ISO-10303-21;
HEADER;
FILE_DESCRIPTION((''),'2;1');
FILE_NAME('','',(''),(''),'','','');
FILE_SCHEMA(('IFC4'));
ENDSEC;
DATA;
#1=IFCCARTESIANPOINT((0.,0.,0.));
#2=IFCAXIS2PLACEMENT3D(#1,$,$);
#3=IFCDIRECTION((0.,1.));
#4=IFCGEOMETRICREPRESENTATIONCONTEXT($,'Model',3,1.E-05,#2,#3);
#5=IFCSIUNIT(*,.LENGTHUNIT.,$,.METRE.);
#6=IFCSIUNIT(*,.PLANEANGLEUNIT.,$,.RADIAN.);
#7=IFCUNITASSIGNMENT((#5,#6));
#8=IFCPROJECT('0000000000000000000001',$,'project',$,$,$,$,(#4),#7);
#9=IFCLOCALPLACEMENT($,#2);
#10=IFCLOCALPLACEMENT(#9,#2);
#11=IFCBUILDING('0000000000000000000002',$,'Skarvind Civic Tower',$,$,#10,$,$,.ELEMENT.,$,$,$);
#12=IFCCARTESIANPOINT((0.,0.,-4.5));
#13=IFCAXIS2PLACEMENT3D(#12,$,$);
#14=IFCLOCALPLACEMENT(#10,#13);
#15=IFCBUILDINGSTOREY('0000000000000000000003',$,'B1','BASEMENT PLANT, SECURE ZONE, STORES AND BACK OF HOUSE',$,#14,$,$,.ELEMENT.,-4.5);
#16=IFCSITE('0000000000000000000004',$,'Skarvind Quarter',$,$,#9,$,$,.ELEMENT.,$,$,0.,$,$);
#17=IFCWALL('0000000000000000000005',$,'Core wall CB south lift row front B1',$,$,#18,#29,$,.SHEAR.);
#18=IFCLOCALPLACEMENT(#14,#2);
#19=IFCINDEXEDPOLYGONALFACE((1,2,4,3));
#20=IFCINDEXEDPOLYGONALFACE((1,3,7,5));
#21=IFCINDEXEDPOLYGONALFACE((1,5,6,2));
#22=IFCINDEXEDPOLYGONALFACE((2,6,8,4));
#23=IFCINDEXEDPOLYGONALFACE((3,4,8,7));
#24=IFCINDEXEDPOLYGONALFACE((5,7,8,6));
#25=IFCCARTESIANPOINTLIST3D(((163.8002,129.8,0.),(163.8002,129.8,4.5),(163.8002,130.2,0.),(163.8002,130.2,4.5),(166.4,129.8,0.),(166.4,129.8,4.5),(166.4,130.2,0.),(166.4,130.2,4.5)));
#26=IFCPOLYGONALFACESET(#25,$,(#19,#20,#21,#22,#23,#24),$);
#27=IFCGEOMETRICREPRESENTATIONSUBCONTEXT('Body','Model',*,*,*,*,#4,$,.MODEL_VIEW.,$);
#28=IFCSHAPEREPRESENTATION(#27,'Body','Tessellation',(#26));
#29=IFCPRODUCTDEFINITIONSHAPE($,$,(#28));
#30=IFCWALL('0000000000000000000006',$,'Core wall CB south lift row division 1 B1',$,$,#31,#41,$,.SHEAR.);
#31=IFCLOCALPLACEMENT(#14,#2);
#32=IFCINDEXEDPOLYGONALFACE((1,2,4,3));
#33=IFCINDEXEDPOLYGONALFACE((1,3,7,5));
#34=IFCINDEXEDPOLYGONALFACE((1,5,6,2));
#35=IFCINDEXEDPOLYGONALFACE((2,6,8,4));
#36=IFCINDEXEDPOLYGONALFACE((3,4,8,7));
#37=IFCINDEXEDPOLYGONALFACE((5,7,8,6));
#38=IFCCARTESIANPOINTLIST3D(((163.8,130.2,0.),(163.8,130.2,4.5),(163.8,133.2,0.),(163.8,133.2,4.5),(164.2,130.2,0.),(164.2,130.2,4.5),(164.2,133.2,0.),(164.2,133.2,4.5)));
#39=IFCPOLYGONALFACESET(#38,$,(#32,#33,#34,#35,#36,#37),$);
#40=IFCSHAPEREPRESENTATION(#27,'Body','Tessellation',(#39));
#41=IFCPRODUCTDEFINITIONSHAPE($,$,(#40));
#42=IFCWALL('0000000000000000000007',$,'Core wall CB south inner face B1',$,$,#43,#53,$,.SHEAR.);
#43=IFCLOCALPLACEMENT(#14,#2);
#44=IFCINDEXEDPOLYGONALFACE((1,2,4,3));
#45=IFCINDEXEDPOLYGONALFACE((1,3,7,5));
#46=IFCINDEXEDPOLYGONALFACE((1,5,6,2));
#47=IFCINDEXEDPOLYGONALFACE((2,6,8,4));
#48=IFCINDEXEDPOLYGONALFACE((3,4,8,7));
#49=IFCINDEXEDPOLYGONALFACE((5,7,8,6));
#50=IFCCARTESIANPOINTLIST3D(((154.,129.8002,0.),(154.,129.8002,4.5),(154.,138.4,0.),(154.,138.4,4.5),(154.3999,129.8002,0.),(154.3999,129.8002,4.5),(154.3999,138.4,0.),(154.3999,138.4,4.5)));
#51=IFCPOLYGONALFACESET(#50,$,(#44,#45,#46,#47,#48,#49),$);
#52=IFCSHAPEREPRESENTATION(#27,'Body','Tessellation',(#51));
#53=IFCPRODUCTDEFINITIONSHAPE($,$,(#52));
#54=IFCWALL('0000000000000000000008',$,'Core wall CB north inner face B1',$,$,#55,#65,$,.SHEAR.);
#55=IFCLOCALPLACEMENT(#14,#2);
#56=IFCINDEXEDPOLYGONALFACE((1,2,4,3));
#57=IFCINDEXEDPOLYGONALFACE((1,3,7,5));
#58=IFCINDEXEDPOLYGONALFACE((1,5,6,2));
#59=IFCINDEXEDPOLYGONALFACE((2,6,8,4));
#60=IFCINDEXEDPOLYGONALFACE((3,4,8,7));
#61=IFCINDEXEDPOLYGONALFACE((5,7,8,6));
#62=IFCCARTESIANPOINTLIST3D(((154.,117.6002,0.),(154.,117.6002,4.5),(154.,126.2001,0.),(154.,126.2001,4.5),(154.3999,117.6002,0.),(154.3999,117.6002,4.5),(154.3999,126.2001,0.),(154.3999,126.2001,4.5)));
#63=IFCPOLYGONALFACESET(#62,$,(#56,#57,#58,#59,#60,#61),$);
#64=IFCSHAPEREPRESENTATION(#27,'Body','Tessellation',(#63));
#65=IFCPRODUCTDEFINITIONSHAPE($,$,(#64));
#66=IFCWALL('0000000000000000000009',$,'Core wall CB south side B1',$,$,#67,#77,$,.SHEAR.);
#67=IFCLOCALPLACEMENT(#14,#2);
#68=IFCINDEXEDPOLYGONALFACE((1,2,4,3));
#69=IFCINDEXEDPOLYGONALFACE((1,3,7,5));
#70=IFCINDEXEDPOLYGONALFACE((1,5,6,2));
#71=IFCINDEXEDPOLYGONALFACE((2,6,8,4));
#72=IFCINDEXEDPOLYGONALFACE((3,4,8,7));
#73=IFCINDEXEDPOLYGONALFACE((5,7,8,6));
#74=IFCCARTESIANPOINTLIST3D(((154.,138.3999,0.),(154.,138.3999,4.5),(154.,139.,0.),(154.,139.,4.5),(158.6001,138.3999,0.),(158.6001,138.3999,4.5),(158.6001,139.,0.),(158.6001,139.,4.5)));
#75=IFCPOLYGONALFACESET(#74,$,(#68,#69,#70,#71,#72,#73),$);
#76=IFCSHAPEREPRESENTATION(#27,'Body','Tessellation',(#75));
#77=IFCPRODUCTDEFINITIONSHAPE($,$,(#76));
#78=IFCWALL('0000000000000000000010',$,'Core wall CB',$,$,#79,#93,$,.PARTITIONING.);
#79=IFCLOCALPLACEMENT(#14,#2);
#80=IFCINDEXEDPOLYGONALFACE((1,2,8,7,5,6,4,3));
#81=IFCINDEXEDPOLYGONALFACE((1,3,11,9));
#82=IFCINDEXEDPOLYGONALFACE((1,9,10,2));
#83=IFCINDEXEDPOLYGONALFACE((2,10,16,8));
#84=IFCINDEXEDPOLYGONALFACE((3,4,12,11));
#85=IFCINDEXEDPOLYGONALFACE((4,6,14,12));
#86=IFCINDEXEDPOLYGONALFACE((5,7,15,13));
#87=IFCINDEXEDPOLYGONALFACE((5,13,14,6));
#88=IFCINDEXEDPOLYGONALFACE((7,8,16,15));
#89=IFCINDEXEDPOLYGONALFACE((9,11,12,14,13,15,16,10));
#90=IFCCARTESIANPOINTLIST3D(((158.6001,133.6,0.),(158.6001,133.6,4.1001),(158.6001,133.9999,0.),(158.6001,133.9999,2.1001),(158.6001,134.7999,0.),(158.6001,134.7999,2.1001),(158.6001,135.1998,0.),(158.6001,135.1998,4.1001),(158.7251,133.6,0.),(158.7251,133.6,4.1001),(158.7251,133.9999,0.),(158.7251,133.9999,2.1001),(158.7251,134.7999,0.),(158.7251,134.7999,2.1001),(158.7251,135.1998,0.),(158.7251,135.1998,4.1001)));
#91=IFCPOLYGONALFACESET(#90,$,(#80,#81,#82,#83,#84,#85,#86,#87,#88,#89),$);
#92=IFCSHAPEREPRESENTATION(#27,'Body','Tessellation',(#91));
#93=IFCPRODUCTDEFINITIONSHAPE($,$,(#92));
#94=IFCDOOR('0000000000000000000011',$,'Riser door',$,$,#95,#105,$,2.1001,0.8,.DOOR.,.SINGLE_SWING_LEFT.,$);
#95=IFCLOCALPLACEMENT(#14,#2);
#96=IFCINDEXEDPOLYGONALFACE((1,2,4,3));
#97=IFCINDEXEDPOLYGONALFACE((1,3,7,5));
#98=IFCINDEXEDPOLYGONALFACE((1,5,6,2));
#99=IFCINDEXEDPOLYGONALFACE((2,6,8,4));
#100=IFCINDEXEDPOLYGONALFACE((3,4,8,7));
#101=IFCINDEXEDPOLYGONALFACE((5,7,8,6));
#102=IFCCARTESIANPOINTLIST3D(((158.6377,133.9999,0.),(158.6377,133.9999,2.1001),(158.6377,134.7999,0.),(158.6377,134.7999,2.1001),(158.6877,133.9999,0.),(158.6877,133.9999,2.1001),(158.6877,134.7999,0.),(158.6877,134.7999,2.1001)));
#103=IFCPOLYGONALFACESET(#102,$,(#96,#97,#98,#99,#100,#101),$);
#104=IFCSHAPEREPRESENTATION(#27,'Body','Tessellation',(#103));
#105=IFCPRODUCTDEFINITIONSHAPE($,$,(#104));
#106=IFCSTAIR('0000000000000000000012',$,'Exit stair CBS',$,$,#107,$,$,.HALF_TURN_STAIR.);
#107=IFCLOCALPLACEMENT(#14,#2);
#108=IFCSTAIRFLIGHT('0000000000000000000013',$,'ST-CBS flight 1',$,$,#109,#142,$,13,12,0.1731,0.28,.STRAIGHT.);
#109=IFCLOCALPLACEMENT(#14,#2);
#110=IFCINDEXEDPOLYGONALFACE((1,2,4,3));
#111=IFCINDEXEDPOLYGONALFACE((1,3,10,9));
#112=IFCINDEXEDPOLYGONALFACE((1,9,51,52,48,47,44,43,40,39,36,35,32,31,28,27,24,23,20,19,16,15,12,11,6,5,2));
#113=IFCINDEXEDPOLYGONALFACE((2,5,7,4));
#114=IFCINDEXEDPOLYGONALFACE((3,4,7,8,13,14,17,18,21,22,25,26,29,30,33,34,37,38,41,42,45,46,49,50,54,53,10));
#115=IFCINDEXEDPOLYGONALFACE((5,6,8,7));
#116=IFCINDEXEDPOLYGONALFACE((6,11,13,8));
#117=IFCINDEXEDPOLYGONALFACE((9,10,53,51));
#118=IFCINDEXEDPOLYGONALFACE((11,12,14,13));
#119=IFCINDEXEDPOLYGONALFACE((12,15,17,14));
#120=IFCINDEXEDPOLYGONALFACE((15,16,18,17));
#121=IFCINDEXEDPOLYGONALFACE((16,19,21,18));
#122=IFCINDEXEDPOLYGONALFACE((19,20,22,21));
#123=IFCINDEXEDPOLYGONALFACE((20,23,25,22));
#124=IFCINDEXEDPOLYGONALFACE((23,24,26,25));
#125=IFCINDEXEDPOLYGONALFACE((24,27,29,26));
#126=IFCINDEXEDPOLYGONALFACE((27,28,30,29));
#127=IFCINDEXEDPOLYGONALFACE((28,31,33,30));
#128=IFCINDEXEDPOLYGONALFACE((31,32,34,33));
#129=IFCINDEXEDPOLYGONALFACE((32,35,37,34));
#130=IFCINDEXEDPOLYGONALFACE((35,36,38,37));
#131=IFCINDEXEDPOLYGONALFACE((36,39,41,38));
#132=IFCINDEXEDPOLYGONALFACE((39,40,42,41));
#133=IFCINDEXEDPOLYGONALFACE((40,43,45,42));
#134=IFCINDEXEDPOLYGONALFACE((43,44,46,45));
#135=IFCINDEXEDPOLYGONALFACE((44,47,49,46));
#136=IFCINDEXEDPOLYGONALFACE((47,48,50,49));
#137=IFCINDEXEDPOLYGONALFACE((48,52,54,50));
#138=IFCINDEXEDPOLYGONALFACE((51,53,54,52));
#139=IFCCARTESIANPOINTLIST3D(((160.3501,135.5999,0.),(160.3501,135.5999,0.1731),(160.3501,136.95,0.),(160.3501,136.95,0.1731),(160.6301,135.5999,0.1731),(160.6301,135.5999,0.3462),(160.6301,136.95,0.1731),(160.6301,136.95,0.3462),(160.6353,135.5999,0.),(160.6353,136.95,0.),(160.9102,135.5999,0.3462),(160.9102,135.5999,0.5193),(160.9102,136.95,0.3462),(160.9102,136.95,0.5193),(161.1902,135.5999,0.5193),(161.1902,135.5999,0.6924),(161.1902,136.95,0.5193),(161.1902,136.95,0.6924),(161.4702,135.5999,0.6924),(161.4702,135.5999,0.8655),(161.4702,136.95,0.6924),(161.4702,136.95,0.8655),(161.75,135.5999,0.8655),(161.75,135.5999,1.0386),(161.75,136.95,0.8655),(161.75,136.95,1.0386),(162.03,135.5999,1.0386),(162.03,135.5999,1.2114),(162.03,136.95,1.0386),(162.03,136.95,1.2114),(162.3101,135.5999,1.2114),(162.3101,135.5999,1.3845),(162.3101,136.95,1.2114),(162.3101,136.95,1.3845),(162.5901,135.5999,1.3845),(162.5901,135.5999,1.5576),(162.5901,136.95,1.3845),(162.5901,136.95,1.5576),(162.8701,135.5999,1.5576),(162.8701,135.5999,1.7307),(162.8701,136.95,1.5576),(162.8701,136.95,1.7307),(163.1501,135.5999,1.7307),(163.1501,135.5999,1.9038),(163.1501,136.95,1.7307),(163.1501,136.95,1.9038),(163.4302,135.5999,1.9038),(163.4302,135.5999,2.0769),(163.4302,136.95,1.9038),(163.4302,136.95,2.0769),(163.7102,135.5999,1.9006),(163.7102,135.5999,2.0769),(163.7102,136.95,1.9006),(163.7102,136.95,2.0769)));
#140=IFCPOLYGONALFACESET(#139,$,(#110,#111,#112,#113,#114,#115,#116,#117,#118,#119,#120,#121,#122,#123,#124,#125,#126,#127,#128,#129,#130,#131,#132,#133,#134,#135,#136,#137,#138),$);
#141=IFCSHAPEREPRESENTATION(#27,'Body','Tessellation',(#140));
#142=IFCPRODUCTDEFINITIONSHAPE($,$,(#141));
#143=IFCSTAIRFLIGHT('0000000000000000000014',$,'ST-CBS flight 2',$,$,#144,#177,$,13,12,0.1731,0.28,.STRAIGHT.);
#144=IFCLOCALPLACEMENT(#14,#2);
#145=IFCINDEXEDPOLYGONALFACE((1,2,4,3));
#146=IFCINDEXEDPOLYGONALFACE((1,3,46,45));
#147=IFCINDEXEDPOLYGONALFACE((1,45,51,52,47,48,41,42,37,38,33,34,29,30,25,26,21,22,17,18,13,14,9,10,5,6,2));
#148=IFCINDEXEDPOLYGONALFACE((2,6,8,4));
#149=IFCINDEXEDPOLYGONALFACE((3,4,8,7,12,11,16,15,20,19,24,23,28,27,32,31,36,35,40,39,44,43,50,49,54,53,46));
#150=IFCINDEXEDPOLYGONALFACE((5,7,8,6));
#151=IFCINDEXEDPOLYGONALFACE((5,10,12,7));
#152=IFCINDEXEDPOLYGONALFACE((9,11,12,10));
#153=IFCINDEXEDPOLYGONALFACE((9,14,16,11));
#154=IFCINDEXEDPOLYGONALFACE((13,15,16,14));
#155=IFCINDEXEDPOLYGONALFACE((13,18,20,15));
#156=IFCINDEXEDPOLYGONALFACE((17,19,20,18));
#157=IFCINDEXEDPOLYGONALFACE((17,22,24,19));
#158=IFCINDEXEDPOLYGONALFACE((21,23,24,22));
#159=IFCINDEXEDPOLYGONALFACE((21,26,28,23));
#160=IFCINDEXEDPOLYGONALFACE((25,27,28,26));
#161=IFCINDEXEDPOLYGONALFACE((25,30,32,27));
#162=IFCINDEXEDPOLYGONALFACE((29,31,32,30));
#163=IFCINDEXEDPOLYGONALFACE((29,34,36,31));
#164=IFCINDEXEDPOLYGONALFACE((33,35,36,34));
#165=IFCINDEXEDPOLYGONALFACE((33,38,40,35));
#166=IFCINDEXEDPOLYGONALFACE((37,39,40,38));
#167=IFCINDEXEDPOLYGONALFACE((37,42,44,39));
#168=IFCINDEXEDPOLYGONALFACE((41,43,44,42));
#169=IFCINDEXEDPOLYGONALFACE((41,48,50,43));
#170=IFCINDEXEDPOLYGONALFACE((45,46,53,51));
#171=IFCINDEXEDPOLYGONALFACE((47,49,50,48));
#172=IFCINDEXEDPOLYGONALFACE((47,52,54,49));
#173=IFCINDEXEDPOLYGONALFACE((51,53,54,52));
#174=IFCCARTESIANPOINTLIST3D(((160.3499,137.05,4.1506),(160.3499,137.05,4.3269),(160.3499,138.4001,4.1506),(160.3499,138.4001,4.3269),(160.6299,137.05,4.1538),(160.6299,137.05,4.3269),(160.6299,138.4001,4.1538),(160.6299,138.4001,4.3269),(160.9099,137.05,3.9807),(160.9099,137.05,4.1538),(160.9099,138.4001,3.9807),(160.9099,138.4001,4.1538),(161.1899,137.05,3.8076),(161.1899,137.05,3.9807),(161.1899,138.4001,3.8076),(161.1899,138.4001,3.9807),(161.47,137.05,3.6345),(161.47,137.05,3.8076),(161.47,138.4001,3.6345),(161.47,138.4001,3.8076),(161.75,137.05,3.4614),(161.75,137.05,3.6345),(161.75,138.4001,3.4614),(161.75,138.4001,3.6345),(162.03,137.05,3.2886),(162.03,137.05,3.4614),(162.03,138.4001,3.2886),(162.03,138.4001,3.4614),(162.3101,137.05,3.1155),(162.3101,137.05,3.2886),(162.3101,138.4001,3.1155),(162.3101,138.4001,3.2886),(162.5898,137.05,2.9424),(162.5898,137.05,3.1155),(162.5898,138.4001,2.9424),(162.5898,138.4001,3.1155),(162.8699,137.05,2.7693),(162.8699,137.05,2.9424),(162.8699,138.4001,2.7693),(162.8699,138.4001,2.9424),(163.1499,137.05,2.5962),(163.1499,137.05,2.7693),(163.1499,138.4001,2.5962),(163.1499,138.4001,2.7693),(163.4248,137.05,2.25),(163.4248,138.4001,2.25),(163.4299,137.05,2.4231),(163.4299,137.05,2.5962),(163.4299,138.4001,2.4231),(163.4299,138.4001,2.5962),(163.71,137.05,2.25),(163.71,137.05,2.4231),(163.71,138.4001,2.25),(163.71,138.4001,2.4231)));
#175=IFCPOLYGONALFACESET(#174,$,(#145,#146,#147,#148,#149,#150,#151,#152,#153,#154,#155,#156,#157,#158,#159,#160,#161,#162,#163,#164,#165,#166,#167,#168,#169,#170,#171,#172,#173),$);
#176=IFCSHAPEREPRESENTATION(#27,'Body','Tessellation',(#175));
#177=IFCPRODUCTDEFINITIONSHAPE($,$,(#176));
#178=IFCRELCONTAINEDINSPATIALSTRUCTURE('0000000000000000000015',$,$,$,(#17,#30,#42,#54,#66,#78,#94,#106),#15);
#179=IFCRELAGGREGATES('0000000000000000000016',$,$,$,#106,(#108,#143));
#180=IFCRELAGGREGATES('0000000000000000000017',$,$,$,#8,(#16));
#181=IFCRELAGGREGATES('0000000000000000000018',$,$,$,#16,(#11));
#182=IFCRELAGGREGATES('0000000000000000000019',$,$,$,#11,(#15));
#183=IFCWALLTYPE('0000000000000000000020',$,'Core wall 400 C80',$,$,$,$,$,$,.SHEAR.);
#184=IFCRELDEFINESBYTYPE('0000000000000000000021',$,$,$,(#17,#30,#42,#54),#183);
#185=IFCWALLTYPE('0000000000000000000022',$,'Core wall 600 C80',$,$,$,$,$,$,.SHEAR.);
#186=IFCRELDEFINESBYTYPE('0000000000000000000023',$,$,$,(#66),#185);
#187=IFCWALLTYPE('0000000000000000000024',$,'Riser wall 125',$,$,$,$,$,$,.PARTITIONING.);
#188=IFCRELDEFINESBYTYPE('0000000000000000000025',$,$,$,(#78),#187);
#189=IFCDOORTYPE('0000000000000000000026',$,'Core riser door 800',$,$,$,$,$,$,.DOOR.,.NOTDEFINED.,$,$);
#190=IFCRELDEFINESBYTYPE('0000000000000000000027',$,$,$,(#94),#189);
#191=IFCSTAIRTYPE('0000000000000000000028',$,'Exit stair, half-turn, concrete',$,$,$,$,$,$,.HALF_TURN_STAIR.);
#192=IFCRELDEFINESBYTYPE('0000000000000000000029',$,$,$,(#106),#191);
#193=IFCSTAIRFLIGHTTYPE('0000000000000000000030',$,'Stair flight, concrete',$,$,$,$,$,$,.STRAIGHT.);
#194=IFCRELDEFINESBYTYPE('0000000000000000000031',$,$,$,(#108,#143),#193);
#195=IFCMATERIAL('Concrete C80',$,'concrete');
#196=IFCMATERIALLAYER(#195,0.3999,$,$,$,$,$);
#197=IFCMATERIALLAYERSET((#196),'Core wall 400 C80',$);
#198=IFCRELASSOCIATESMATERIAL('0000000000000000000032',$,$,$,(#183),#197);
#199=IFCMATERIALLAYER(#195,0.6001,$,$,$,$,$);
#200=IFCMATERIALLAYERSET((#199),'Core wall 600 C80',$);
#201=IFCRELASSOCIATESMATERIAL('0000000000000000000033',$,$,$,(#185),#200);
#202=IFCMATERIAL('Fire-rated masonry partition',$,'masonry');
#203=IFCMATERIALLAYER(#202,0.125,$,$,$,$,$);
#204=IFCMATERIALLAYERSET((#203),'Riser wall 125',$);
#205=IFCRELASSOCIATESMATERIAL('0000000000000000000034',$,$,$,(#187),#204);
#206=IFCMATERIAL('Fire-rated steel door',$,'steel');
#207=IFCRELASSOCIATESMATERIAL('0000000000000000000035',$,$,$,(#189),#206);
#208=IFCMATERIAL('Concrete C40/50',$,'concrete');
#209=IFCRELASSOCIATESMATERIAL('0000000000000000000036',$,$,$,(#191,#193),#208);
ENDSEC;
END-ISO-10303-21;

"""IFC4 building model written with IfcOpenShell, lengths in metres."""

from ifc_helpers import new_model, si_unit, direction, frame, frame_2d, origin, place, context, subcontext, project, spatial, polyline, rectangle, outline, extrude, material, layer, layer_set, type_object, element, fill, aggregate, save


model = new_model("IFC4")

# Units and contexts
model_context = context("Model", 3, precision=1e-05, world=origin(), true_north=direction((0.0, 1.0)))
body_context = subcontext(model_context, "Body", "Model", "MODEL_VIEW")
ifc_project = project(units=[si_unit("LENGTHUNIT", "METRE"), si_unit("PLANEANGLEUNIT", "RADIAN")], contexts=[model_context])

# Site, building, storey
site_placement = place(None, origin())
site = spatial("IfcSite", under=ifc_project, at=site_placement, Name="Skarvind Quarter", CompositionType="ELEMENT", RefElevation=0.0)
building_placement = place(site_placement, origin())
building = spatial("IfcBuilding", under=site, at=building_placement, Name="Skarvind Civic Tower", CompositionType="ELEMENT")
storey_placement = place(building_placement, frame((0.0, 0.0, -4.5)))
storey = spatial("IfcBuildingStorey", under=building, at=storey_placement, Name="B1", Description="BASEMENT PLANT, SECURE ZONE, STORES AND BACK OF HOUSE", CompositionType="ELEMENT", Elevation=-4.5)

# Shared definitions
ifc_material_1 = material(Name="Fire-rated masonry partition", Category="masonry")
ifc_material_2 = material(Name="Fire-rated steel door", Category="steel")

# Shared definitions
ifc_material_3 = material(Name="Concrete C80", Category="concrete")
ifc_layer_1 = layer(ifc_material_3, 0.3999)
ifc_layer_set_1 = layer_set([ifc_layer_1], Name="Core wall 400 C80")
wall_type_1 = type_object("IfcWallType", Name="Core wall 400 C80", PredefinedType="SHEAR", material=ifc_layer_set_1)

# Walls
wall_1_placement = place(storey_placement, frame((166.3999, 130.0, 0.0), z_axis=(0.0, 0.0, 1.0), x_axis=(-1.0, 0.0, 0.0)))
element("IfcWall", 1, at=wall_1_placement, inside=storey, type_object=wall_type_1, Name="Core wall CB south lift row front B1", PredefinedType="SHEAR", context=body_context, shape_type="SweptSolid", body=[
    extrude(rectangle(XDim=2.5999, YDim=0.3999, at=frame_2d((1.2998, 0.0))), origin(), (0.0, 0.0, 1.0), 4.5),
])
wall_2_placement = place(storey_placement, frame((164.0, 133.2, 0.0), z_axis=(0.0, 0.0, 1.0), x_axis=(0.0, -1.0, 0.0)))
element("IfcWall", 2, at=wall_2_placement, inside=storey, type_object=wall_type_1, Name="Core wall CB south lift row division 1 B1", PredefinedType="SHEAR", context=body_context, shape_type="SweptSolid", body=[
    extrude(rectangle(XDim=3.0, YDim=0.3999, at=frame_2d((1.5, 0.0))), origin(), (0.0, 0.0, 1.0), 4.5),
])
for number, where, z_axis, x_axis, name in (
    (3, (154.2, 138.3999, 0.0), (0.0, 0.0, 1.0), (0.0, -1.0, 0.0), "Core wall CB south inner face B1"),
    (4, (154.2, 126.2, 0.0), (0.0, 0.0, 1.0), (0.0, -1.0, 0.0), "Core wall CB north inner face B1"),
):
    element("IfcWall", number, at=place(storey_placement, frame(where, z_axis=z_axis, x_axis=x_axis)), inside=storey, type_object=wall_type_1, Name=name, PredefinedType="SHEAR", context=body_context, shape_type="SweptSolid", body=[
        extrude(rectangle(XDim=8.5999, YDim=0.3999, at=frame_2d((4.2998, 0.0))), origin(), (0.0, 0.0, 1.0), 4.5),
    ])
ifc_layer_2 = layer(ifc_material_3, 0.6001)
ifc_layer_set_2 = layer_set([ifc_layer_2], Name="Core wall 600 C80")
wall_type_2 = type_object("IfcWallType", Name="Core wall 600 C80", PredefinedType="SHEAR", material=ifc_layer_set_2)
wall_3_placement = place(storey_placement, frame((158.6001, 138.7, 0.0), z_axis=(0.0, 0.0, 1.0), x_axis=(-1.0, 0.0, 0.0)))
element("IfcWall", 5, at=wall_3_placement, inside=storey, type_object=wall_type_2, Name="Core wall CB south side B1", PredefinedType="SHEAR", context=body_context, shape_type="SweptSolid", body=[
    extrude(rectangle(XDim=4.6001, YDim=0.6001, at=frame_2d((2.3, 0.0))), origin(), (0.0, 0.0, 1.0), 4.5),
])

# Wall, opening, door
ifc_layer_3 = layer(ifc_material_1, 0.125)
ifc_layer_set_3 = layer_set([ifc_layer_3], Name="Riser wall 125")
wall_type_3 = type_object("IfcWallType", Name="Riser wall 125", PredefinedType="PARTITIONING", material=ifc_layer_set_3)
wall_4_placement = place(storey_placement, frame((158.6626, 133.6001, 0.0), z_axis=(0.0, 0.0, 1.0), x_axis=(0.0, 1.0, 0.0)))
wall_4 = element("IfcWall", 6, at=wall_4_placement, inside=storey, type_object=wall_type_3, Name="Core wall CB", PredefinedType="PARTITIONING", context=body_context, shape_type="SweptSolid", body=[
    extrude(rectangle(XDim=1.5999, YDim=0.125, at=frame_2d((0.7998, 0.0))), origin(), (0.0, 0.0, 1.0), 4.1001),
])
opening_1_placement = place(wall_4_placement, frame((0.3999, 0.0, 0.0)))
opening_1 = element("IfcOpeningElement", 7, at=opening_1_placement, cuts=wall_4, PredefinedType="OPENING", context=body_context, shape_type="SweptSolid", body=[
    extrude(rectangle(XDim=0.8, YDim=2.1001, at=frame_2d((0.3999, 1.05))), frame((0.0, 0.0725, 0.0), z_axis=(0.0, -1.0, 0.0), x_axis=(1.0, 0.0, 0.0)), (0.0, 0.0, 1.0), 0.145),
])
door_type_1 = type_object("IfcDoorType", Name="Core riser door 800", OperationType="NOTDEFINED", PredefinedType="DOOR", material=ifc_material_2)
door_1_placement = place(opening_1_placement, origin())
door_1 = element("IfcDoor", 8, at=door_1_placement, inside=storey, type_object=door_type_1, Name="Riser door", OperationType="SINGLE_SWING_LEFT", OverallHeight=2.1001, OverallWidth=0.8, PredefinedType="DOOR", context=body_context, shape_type="SweptSolid", body=[
    extrude(rectangle(XDim=0.8, YDim=2.1001, at=frame_2d((0.3999, 1.05))), frame((0.0, 0.0249, 0.0), z_axis=(0.0, -1.0, 0.0), x_axis=(1.0, 0.0, 0.0)), (0.0, 0.0, 1.0), 0.05),
])
fill(opening_1, door_1)

# Stair, stair flights
ifc_material_4 = material(Name="Concrete C40/50", Category="concrete")
stair_type = type_object("IfcStairType", Name="Exit stair, half-turn, concrete", PredefinedType="HALF_TURN_STAIR", material=ifc_material_4)
stair_placement = place(storey_placement, origin())
stair = element("IfcStair", 9, at=stair_placement, inside=storey, type_object=stair_type, Name="Exit stair CBS", PredefinedType="HALF_TURN_STAIR")
stair_flight_type = type_object("IfcStairFlightType", Name="Stair flight, concrete", PredefinedType="STRAIGHT", material=ifc_material_4)
stair_flight_1_placement = place(storey_placement, frame((160.3501, 136.2749, 0.0), z_axis=(0.0, 0.0, 1.0), x_axis=(1.0, 0.0, 0.0)))
stair_flight_1 = element("IfcStairFlight", 10, at=stair_flight_1_placement, type_object=stair_flight_type, Name="ST-CBS flight 1", NumberOfRisers=13, NumberOfTreads=12, PredefinedType="STRAIGHT", RiserHeight=0.1731, TreadLength=0.28, context=body_context, shape_type="SweptSolid", body=[
    extrude(outline(polyline([(0.0, 0.0), (0.0, 0.1731), (0.28, 0.1731), (0.28, 0.3462), (0.5601, 0.3462), (0.5601, 0.5193), (0.8401, 0.5193), (0.8401, 0.6924), (1.1201, 0.6924), (1.1201, 0.8655), (1.3999, 0.8655), (1.3999, 1.0386), (1.6799, 1.0386), (1.6799, 1.2114), (1.96, 1.2114), (1.96, 1.3845), (2.24, 1.3845), (2.24, 1.5576), (2.52, 1.5576), (2.52, 1.7307), (2.8, 1.7307), (2.8, 1.9038), (3.0801, 1.9038), (3.0801, 2.0769), (3.3601, 2.0769), (3.3601, 2.25), (3.3601, 1.9006), (0.2852, 0.0), (0.0, 0.0)])), frame((0.0, 0.675, 0.0), z_axis=(0.0, -1.0, 0.0), x_axis=(1.0, 0.0, 0.0)), (0.0, 0.0, 1.0), 1.3501),
])
stair_flight_2_placement = place(storey_placement, frame((163.71, 137.7251, 2.25), z_axis=(0.0, 0.0, 1.0), x_axis=(-1.0, 0.0, 0.0)))
stair_flight_2 = element("IfcStairFlight", 11, at=stair_flight_2_placement, type_object=stair_flight_type, Name="ST-CBS flight 2", NumberOfRisers=13, NumberOfTreads=12, PredefinedType="STRAIGHT", RiserHeight=0.1731, TreadLength=0.28, context=body_context, shape_type="SweptSolid", body=[
    extrude(outline(polyline([(0.0, 0.0), (0.0, 0.1731), (0.28, 0.1731), (0.28, 0.3462), (0.5601, 0.3462), (0.5601, 0.5193), (0.8401, 0.5193), (0.8401, 0.6924), (1.1201, 0.6924), (1.1201, 0.8655), (1.3999, 0.8655), (1.3999, 1.0386), (1.6799, 1.0386), (1.6799, 1.2114), (1.96, 1.2114), (1.96, 1.3845), (2.24, 1.3845), (2.24, 1.5576), (2.52, 1.5576), (2.52, 1.7307), (2.8, 1.7307), (2.8, 1.9038), (3.0801, 1.9038), (3.0801, 2.0769), (3.3601, 2.0769), (3.3601, 2.25), (3.3601, 1.9006), (0.2852, 0.0), (0.0, 0.0)])), frame((0.0, 0.675, 0.0), z_axis=(0.0, -1.0, 0.0), x_axis=(1.0, 0.0, 0.0)), (0.0, 0.0, 1.0), 1.3501),
])
aggregate(stair, [stair_flight_1, stair_flight_2])

save(model, "model.ifc")
